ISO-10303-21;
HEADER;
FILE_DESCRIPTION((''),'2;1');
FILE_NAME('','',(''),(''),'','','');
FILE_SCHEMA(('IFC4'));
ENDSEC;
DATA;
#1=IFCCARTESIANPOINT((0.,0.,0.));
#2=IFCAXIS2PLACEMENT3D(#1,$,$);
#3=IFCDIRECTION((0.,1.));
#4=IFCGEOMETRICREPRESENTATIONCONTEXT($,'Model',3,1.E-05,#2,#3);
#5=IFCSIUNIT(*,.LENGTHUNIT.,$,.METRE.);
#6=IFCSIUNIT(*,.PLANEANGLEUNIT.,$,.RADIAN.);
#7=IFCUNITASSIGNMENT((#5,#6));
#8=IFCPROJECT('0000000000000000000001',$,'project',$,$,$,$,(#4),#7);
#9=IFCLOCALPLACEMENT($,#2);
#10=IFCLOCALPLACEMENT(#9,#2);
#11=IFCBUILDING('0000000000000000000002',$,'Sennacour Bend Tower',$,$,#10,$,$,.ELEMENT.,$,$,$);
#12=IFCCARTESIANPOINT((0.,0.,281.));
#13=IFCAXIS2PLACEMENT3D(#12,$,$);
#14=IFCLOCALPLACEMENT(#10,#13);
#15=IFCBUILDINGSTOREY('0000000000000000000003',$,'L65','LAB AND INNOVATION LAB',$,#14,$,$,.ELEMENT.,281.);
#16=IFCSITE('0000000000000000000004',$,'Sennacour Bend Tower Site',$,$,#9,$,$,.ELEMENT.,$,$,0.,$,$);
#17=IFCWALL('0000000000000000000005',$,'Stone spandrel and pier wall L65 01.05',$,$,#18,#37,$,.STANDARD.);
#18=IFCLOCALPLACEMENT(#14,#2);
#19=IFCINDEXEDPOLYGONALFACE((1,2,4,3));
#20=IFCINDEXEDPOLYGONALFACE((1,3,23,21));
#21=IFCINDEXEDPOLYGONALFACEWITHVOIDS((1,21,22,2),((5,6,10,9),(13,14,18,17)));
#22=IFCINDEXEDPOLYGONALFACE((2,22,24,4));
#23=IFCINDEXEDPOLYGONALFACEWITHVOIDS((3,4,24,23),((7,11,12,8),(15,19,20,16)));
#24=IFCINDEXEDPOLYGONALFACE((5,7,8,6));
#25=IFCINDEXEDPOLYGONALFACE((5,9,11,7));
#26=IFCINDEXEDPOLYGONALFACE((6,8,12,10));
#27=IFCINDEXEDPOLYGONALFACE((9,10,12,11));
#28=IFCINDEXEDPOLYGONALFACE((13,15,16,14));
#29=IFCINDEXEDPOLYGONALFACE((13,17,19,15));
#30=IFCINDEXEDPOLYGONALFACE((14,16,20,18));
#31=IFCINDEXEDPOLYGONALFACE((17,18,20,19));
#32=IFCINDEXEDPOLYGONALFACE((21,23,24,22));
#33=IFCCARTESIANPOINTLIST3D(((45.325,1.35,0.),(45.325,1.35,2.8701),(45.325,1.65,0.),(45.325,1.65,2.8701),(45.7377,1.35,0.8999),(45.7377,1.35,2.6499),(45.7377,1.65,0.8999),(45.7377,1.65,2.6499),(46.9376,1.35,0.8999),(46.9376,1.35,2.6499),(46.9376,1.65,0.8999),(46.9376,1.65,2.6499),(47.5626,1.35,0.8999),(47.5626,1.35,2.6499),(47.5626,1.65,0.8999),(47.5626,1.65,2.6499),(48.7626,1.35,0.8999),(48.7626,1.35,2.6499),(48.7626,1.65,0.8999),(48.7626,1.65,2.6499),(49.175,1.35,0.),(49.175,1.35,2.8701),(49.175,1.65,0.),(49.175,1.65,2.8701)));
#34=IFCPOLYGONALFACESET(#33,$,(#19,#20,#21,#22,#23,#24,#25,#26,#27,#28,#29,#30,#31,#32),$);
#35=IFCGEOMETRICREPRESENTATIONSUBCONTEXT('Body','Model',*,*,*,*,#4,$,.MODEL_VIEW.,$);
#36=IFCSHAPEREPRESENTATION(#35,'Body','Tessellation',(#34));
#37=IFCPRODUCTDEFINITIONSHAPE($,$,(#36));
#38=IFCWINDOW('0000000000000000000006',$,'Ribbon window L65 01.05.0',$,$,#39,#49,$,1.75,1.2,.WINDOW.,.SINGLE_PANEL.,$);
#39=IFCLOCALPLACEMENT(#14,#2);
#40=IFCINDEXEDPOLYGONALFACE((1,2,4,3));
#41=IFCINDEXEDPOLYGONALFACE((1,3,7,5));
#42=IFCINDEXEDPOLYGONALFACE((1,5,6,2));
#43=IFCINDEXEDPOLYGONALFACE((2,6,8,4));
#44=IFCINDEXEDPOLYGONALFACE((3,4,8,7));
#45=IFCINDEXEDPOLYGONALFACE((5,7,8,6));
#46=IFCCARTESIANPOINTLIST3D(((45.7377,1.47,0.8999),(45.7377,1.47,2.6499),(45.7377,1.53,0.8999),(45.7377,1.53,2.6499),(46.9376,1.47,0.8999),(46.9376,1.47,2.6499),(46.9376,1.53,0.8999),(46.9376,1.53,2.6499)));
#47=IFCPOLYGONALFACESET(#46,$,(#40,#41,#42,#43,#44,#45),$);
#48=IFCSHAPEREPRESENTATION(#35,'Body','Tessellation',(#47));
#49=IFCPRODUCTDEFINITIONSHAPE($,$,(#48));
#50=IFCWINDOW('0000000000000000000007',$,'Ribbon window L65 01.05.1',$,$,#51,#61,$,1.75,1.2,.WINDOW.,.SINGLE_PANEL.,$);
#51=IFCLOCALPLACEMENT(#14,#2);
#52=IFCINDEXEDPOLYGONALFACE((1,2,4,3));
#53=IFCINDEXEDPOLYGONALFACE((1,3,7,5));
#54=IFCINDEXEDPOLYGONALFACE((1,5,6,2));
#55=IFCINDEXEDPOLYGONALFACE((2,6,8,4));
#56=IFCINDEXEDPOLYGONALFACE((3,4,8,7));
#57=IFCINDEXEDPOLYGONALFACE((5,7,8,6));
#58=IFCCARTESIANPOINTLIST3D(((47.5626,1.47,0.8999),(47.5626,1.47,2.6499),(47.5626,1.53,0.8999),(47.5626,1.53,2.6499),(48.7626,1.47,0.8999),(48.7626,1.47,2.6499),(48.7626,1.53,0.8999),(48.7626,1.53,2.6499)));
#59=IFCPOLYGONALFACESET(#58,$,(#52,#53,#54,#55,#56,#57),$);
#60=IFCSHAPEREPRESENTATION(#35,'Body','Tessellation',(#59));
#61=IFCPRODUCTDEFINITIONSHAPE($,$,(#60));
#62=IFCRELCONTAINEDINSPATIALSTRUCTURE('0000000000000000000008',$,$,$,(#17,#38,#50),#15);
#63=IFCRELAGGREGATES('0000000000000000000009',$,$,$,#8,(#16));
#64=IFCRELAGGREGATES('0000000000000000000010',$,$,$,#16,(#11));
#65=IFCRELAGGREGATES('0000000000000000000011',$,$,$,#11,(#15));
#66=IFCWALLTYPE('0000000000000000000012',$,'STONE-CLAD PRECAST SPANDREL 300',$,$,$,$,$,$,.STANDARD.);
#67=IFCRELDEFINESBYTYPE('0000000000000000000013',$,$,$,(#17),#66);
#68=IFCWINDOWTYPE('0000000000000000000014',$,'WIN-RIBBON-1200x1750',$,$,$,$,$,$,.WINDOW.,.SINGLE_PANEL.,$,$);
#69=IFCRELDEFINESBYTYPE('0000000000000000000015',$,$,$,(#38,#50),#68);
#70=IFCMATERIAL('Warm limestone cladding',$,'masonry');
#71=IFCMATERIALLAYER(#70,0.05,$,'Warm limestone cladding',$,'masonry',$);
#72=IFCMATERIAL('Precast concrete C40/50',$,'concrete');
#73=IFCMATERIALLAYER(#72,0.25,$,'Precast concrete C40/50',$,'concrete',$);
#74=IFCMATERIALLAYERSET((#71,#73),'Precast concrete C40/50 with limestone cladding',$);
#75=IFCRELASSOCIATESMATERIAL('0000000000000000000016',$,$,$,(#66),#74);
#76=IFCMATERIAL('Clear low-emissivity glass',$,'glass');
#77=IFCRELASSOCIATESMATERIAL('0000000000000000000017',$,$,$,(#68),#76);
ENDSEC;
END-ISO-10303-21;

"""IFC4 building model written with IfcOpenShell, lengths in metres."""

from ifc_helpers import new_model, si_unit, direction, frame, frame_2d, origin, place, context, subcontext, project, spatial, rectangle, extrude, material, layer, layer_set, type_object, element, fill, save


model = new_model("IFC4")

# Units and contexts
model_context = context("Model", 3, precision=1e-05, world=origin(), true_north=direction((0.0, 1.0)))
body_context = subcontext(model_context, "Body", "Model", "MODEL_VIEW")
ifc_project = project(units=[si_unit("LENGTHUNIT", "METRE"), si_unit("PLANEANGLEUNIT", "RADIAN")], contexts=[model_context])

# Site, building, storey
site_placement = place(None, origin())
site = spatial("IfcSite", under=ifc_project, at=site_placement, Name="Sennacour Bend Tower Site", CompositionType="ELEMENT", RefElevation=0.0)
building_placement = place(site_placement, origin())
building = spatial("IfcBuilding", under=site, at=building_placement, Name="Sennacour Bend Tower", CompositionType="ELEMENT")
storey_placement = place(building_placement, frame((0.0, 0.0, 281.0)))
storey = spatial("IfcBuildingStorey", under=building, at=storey_placement, Name="L65", Description="LAB AND INNOVATION LAB", CompositionType="ELEMENT", Elevation=281.0)

# Wall, openings, windows
ifc_material_1 = material(Name="Warm limestone cladding", Category="masonry")
ifc_layer_1 = layer(ifc_material_1, 0.05, Name="Warm limestone cladding", Category="masonry")
ifc_material_2 = material(Name="Precast concrete C40/50", Category="concrete")
ifc_layer_2 = layer(ifc_material_2, 0.25, Name="Precast concrete C40/50", Category="concrete")
ifc_layer_set_1 = layer_set([ifc_layer_1, ifc_layer_2], Name="Precast concrete C40/50 with limestone cladding")
wall_type_1 = type_object("IfcWallType", Name="STONE-CLAD PRECAST SPANDREL 300", PredefinedType="STANDARD", material=ifc_layer_set_1)
wall_1_placement = place(storey_placement, frame((45.325, 1.5, 0.0), z_axis=(0.0, 0.0, 1.0), x_axis=(1.0, 0.0, 0.0)))
wall_1 = element("IfcWall", 1, at=wall_1_placement, inside=storey, type_object=wall_type_1, Name="Stone spandrel and pier wall L65 01.05", PredefinedType="STANDARD", context=body_context, shape_type="SweptSolid", body=[
    extrude(rectangle(XDim=3.8501, YDim=0.3, at=frame_2d((1.925, 0.0))), origin(), (0.0, 0.0, 1.0), 2.8701),
])
opening_1_placement = place(wall_1_placement, frame((0.4126, 0.0, 0.8999)))
opening_1 = element("IfcOpeningElement", 2, at=opening_1_placement, cuts=wall_1, PredefinedType="OPENING", context=body_context, shape_type="SweptSolid", body=[
    extrude(rectangle(XDim=1.2, YDim=1.75, at=frame_2d((0.6001, 0.875))), frame((0.0, 0.1602, 0.0), z_axis=(0.0, -1.0, 0.0), x_axis=(1.0, 0.0, 0.0)), (0.0, 0.0, 1.0), 0.3201),
])
opening_2_placement = place(wall_1_placement, frame((2.2375, 0.0, 0.8999)))
opening_2 = element("IfcOpeningElement", 3, at=opening_2_placement, cuts=wall_1, PredefinedType="OPENING", context=body_context, shape_type="SweptSolid", body=[
    extrude(rectangle(XDim=1.2, YDim=1.75, at=frame_2d((0.6001, 0.875))), frame((0.0, 0.1602, 0.0), z_axis=(0.0, -1.0, 0.0), x_axis=(1.0, 0.0, 0.0)), (0.0, 0.0, 1.0), 0.3201),
])
ifc_material_3 = material(Name="Clear low-emissivity glass", Category="glass")
window_type = type_object("IfcWindowType", Name="WIN-RIBBON-1200x1750", PartitioningType="SINGLE_PANEL", PredefinedType="WINDOW", material=ifc_material_3)
window_1_placement = place(opening_1_placement, origin())
window_1 = element("IfcWindow", 4, at=window_1_placement, inside=storey, type_object=window_type, Name="Ribbon window L65 01.05.0", OverallHeight=1.75, OverallWidth=1.2, PartitioningType="SINGLE_PANEL", PredefinedType="WINDOW", context=body_context, shape_type="SweptSolid", body=[
    extrude(rectangle(XDim=1.2, YDim=1.75, at=frame_2d((0.6001, 0.875))), frame((0.0, 0.03, 0.0), z_axis=(0.0, -1.0, 0.0), x_axis=(1.0, 0.0, 0.0)), (0.0, 0.0, 1.0), 0.0601),
])
fill(opening_1, window_1)
window_2_placement = place(opening_2_placement, origin())
window_2 = element("IfcWindow", 5, at=window_2_placement, inside=storey, type_object=window_type, Name="Ribbon window L65 01.05.1", OverallHeight=1.75, OverallWidth=1.2, PartitioningType="SINGLE_PANEL", PredefinedType="WINDOW", context=body_context, shape_type="SweptSolid", body=[
    extrude(rectangle(XDim=1.2, YDim=1.75, at=frame_2d((0.6001, 0.875))), frame((0.0, 0.03, 0.0), z_axis=(0.0, -1.0, 0.0), x_axis=(1.0, 0.0, 0.0)), (0.0, 0.0, 1.0), 0.0601),
])
fill(opening_2, window_2)

save(model, "model.ifc")
